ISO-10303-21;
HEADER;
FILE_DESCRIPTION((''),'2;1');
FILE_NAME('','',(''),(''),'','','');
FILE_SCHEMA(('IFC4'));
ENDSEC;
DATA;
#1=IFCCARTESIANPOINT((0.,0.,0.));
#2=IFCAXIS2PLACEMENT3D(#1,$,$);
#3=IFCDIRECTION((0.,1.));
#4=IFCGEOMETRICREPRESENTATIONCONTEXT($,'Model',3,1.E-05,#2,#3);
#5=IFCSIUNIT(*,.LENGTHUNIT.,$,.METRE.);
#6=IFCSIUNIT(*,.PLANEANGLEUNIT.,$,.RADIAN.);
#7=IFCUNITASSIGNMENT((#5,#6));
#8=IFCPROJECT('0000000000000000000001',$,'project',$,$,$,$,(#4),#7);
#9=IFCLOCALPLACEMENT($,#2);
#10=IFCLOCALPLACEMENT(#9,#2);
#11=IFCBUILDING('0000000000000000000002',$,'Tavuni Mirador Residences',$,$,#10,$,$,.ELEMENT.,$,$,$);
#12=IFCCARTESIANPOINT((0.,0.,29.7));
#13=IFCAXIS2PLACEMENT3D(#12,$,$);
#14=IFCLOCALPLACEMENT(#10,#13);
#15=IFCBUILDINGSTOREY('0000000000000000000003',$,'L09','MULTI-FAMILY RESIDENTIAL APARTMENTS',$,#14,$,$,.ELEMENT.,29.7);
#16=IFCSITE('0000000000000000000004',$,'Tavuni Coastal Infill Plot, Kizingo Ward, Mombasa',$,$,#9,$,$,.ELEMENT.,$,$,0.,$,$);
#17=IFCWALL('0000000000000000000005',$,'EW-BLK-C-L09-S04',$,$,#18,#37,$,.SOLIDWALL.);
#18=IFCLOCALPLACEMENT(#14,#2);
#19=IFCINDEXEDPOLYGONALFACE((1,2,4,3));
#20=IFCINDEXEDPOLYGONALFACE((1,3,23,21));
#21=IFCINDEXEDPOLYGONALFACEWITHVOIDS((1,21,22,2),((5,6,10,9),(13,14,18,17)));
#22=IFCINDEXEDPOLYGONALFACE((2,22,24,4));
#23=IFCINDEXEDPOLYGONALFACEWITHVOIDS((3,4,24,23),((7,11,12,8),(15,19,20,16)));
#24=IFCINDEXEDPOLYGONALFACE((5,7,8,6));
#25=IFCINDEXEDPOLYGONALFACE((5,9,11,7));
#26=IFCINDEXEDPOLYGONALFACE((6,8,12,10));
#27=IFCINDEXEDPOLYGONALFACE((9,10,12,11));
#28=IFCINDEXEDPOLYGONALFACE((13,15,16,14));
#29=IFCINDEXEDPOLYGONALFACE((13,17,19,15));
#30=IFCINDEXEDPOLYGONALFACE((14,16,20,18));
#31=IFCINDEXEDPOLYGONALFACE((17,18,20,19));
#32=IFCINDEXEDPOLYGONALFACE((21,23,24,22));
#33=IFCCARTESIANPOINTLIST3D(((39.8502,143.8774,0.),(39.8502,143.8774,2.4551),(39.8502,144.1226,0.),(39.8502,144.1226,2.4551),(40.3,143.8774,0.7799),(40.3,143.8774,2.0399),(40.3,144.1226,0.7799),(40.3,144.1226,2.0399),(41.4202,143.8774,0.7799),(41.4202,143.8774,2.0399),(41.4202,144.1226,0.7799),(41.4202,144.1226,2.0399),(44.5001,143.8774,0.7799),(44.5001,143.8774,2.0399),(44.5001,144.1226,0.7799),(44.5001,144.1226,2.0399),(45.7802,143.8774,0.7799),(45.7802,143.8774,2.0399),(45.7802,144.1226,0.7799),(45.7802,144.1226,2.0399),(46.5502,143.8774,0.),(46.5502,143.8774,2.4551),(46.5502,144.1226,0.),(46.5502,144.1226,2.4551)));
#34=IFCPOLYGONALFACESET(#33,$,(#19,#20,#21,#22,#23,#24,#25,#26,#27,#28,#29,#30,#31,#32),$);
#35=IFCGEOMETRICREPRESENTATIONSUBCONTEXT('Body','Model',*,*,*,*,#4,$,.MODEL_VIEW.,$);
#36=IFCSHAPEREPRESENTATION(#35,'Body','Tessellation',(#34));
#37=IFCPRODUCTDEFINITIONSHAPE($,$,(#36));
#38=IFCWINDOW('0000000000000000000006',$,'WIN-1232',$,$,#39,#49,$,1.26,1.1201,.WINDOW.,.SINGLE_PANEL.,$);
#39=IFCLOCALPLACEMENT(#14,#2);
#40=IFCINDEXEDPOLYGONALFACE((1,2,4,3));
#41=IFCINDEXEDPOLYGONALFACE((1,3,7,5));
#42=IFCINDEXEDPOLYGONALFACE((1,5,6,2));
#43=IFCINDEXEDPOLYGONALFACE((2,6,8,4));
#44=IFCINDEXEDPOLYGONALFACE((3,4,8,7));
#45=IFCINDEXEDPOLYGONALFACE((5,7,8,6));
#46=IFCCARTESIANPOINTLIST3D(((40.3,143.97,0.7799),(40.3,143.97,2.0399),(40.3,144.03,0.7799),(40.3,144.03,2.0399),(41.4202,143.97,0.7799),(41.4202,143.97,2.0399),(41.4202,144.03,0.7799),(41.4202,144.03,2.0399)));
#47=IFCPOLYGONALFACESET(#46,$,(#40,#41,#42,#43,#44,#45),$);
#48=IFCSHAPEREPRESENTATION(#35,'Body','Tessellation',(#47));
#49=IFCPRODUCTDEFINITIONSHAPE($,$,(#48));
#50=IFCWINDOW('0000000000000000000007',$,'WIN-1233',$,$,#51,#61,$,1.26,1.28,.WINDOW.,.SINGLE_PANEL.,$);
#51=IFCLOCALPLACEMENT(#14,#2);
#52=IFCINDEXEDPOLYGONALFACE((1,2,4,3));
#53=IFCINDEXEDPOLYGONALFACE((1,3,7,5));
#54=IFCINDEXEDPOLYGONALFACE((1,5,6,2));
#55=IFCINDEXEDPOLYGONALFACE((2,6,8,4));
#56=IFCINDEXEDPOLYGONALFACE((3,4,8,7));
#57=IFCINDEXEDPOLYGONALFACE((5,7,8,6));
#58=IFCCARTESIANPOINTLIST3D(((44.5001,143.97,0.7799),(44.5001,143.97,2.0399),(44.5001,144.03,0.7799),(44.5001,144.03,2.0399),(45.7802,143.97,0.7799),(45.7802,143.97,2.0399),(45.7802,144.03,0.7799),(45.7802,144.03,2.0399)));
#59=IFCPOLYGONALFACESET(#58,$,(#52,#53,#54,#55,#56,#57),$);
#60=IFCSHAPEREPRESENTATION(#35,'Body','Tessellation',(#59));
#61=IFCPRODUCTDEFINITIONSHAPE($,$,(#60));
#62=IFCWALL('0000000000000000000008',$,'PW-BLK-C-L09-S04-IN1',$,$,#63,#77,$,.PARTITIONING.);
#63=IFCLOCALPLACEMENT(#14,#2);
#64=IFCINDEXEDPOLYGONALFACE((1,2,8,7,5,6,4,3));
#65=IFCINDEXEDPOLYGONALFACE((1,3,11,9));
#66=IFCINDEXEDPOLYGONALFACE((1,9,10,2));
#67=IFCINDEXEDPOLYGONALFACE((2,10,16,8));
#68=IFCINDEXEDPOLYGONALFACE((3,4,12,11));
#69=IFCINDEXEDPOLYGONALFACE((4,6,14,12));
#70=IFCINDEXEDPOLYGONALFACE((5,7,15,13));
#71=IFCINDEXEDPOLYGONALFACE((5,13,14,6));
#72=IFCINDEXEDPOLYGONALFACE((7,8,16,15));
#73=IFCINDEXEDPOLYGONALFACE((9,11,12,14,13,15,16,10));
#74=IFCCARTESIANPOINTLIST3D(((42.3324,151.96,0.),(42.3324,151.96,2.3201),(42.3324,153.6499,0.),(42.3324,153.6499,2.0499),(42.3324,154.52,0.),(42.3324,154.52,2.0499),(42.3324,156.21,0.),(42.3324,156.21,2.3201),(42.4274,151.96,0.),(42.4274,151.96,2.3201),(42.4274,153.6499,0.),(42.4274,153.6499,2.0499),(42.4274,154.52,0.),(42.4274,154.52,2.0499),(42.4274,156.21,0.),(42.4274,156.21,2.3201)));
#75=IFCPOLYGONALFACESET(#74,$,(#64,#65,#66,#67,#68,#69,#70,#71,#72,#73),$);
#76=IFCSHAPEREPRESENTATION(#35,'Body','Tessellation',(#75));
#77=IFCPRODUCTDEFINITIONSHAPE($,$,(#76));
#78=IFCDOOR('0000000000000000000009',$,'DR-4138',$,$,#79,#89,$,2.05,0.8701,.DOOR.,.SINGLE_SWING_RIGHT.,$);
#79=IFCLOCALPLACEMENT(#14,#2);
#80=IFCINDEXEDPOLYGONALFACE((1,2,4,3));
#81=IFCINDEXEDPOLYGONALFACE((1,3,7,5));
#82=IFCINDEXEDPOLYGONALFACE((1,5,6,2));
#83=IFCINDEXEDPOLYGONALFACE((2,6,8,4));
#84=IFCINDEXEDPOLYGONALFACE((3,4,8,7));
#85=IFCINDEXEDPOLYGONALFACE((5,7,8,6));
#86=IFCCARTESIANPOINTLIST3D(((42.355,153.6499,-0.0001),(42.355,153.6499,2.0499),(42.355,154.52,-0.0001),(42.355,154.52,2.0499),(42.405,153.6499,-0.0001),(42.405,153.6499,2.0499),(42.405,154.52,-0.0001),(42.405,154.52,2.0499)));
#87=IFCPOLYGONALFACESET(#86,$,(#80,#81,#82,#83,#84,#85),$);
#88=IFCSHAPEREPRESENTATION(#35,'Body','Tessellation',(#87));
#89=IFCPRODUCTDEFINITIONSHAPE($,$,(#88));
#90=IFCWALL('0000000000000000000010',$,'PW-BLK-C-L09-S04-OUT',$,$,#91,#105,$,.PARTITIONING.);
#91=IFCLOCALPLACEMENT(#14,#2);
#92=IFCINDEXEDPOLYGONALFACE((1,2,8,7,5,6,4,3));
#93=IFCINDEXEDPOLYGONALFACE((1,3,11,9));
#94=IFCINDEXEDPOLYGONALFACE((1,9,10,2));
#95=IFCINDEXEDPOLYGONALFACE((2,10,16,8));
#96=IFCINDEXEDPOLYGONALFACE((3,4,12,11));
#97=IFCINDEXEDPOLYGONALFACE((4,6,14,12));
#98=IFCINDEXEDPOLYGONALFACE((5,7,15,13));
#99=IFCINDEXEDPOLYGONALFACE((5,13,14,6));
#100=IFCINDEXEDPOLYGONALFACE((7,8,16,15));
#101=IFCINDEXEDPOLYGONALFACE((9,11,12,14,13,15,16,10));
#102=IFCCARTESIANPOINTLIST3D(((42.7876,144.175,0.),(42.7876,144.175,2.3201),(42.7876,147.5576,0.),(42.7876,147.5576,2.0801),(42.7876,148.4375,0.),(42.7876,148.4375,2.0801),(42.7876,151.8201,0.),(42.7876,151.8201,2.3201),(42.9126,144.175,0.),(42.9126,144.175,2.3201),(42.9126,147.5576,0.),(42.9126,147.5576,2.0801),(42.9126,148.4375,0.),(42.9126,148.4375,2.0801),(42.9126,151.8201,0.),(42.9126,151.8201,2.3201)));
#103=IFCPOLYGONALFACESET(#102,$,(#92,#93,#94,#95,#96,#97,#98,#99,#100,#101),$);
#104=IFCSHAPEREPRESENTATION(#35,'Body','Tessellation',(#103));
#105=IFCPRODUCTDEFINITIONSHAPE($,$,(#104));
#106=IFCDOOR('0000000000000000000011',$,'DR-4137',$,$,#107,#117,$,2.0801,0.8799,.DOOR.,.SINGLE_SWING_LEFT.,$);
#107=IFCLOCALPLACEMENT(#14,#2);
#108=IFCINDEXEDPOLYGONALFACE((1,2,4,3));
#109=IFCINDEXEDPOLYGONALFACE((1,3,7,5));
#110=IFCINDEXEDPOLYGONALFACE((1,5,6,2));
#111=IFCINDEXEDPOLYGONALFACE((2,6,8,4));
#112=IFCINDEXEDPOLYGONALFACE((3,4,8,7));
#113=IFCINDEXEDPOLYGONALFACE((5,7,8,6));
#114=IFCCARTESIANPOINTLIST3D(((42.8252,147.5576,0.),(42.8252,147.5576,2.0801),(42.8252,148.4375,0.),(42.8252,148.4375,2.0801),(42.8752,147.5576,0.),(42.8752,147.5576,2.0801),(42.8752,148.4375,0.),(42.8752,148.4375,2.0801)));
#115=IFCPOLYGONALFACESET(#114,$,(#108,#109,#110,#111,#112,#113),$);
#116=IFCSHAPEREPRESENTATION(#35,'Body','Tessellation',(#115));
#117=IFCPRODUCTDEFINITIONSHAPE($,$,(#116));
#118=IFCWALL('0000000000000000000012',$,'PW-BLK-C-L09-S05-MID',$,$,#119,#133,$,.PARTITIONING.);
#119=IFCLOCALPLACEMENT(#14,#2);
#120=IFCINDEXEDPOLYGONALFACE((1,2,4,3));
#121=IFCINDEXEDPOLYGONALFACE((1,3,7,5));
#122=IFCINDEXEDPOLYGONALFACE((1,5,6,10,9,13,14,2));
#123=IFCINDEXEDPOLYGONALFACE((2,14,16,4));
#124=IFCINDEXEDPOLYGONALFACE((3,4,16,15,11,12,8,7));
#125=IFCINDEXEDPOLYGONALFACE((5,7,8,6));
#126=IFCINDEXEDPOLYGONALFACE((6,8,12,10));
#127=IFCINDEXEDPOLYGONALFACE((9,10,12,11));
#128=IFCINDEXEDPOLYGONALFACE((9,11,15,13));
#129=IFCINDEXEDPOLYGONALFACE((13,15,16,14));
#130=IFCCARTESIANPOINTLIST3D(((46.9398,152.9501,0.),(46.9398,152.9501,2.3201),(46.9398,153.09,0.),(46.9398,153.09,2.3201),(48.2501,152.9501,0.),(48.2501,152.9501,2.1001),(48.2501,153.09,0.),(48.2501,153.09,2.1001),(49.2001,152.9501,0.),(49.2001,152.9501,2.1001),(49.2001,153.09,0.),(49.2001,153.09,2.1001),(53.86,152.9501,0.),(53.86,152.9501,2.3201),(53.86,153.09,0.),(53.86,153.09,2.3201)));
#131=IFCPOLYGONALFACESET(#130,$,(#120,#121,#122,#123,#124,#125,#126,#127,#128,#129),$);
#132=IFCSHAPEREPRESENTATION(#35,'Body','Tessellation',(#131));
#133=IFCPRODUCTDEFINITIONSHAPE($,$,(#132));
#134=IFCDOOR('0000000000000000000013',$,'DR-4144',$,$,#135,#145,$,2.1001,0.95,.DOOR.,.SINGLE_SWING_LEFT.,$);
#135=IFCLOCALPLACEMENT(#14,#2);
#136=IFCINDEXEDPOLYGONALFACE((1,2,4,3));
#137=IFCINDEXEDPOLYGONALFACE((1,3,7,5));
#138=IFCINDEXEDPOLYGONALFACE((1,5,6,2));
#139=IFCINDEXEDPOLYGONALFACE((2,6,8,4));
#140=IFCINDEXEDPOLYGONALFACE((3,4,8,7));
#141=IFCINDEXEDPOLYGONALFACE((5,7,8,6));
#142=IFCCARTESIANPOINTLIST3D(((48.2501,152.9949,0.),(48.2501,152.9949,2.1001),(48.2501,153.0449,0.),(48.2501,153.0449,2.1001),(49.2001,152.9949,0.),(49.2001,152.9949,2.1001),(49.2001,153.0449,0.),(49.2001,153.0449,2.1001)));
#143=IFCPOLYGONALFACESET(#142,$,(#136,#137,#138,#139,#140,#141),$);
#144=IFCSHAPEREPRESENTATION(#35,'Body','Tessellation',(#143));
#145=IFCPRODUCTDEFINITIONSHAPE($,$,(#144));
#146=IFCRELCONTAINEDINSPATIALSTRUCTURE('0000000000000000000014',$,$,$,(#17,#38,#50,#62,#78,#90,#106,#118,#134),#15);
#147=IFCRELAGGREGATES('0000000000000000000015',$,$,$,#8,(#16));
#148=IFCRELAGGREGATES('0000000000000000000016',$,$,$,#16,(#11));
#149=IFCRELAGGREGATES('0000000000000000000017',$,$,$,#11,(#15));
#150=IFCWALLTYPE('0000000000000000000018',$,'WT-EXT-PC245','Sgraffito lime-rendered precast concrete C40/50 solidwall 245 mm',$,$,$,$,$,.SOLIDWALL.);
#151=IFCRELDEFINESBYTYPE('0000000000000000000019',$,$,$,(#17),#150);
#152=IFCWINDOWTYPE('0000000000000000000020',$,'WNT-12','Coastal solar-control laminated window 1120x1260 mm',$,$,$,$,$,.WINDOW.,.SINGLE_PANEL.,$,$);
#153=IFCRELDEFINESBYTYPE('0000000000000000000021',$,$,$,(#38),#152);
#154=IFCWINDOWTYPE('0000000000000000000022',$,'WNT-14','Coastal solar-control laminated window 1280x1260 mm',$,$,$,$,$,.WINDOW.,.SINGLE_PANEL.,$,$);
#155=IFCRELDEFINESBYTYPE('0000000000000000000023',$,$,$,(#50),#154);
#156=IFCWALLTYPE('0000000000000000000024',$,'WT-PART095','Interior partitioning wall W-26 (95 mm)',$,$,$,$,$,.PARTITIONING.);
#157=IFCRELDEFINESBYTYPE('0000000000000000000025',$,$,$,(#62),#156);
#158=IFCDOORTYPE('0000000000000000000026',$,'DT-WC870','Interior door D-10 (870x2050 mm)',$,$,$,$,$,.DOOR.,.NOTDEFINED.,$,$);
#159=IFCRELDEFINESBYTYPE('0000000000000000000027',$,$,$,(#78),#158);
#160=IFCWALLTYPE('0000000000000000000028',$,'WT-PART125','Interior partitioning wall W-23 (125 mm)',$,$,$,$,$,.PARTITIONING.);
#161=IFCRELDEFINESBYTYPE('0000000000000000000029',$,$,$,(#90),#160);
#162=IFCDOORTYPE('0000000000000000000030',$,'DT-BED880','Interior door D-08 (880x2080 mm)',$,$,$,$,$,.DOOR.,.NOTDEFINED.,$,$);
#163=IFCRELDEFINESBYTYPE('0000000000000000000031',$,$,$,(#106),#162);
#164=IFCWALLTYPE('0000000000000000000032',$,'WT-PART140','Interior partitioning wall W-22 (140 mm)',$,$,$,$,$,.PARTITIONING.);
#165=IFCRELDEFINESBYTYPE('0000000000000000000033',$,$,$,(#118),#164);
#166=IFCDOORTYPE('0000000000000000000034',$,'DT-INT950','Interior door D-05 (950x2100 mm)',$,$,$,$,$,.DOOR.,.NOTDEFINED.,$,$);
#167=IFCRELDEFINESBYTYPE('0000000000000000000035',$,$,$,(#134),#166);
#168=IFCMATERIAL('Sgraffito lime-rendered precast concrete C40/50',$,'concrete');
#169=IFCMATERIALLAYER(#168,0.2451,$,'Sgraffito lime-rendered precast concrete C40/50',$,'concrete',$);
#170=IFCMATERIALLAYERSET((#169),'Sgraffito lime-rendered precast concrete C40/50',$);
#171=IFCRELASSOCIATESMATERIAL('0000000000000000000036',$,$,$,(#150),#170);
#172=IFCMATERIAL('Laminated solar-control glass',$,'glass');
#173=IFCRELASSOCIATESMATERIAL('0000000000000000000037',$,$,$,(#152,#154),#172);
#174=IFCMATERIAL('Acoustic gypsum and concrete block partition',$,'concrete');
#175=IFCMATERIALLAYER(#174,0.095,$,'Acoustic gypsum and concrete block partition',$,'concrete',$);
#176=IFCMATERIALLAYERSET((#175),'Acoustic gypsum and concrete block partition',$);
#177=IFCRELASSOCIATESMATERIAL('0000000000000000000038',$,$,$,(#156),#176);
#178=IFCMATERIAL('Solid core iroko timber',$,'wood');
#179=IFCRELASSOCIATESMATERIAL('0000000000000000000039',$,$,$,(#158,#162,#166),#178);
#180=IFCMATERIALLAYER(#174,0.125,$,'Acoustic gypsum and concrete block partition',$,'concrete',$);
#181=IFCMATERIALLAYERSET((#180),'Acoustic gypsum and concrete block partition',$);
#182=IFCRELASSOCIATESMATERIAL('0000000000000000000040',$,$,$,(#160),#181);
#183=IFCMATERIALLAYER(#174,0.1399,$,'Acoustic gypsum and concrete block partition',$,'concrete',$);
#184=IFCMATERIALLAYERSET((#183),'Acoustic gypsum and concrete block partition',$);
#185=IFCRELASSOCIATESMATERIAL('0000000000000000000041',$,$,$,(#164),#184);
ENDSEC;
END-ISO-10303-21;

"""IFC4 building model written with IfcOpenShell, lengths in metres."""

from ifc_helpers import new_model, si_unit, direction, frame, frame_2d, origin, place, context, subcontext, project, spatial, rectangle, extrude, material, layer, layer_set, type_object, element, fill, save


model = new_model("IFC4")

# Units and contexts
model_context = context("Model", 3, precision=1e-05, world=origin(), true_north=direction((0.0, 1.0)))
body_context = subcontext(model_context, "Body", "Model", "MODEL_VIEW")
ifc_project = project(units=[si_unit("LENGTHUNIT", "METRE"), si_unit("PLANEANGLEUNIT", "RADIAN")], contexts=[model_context])

# Site, building, storey
site_placement = place(None, origin())
site = spatial("IfcSite", under=ifc_project, at=site_placement, Name="Tavuni Coastal Infill Plot, Kizingo Ward, Mombasa", CompositionType="ELEMENT", RefElevation=0.0)
building_placement = place(site_placement, origin())
building = spatial("IfcBuilding", under=site, at=building_placement, Name="Tavuni Mirador Residences", CompositionType="ELEMENT")
storey_placement = place(building_placement, frame((0.0, 0.0, 29.7)))
storey = spatial("IfcBuildingStorey", under=building, at=storey_placement, Name="L09", Description="MULTI-FAMILY RESIDENTIAL APARTMENTS", CompositionType="ELEMENT", Elevation=29.7)

# Wall, openings, windows
ifc_material_1 = material(Name="Sgraffito lime-rendered precast concrete C40/50", Category="concrete")
ifc_layer_1 = layer(ifc_material_1, 0.2451, Name="Sgraffito lime-rendered precast concrete C40/50", Category="concrete")
ifc_layer_set_1 = layer_set([ifc_layer_1], Name="Sgraffito lime-rendered precast concrete C40/50")
wall_type_1 = type_object("IfcWallType", Name="WT-EXT-PC245", Description="Sgraffito lime-rendered precast concrete C40/50 solidwall 245 mm", PredefinedType="SOLIDWALL", material=ifc_layer_set_1)
wall_1_placement = place(storey_placement, frame((39.8501, 144.0, 0.0), z_axis=(0.0, 0.0, 1.0), x_axis=(1.0, 0.0, 0.0)))
wall_1 = element("IfcWall", 1, at=wall_1_placement, inside=storey, type_object=wall_type_1, Name="EW-BLK-C-L09-S04", PredefinedType="SOLIDWALL", context=body_context, shape_type="SweptSolid", body=[
    extrude(rectangle(XDim=6.7, YDim=0.2451, at=frame_2d((3.3501, 0.0))), origin(), (0.0, 0.0, 1.0), 2.4551),
])
opening_1_placement = place(wall_1_placement, frame((0.45, 0.0, 0.78)))
opening_1 = element("IfcOpeningElement", 2, at=opening_1_placement, cuts=wall_1, PredefinedType="OPENING", context=body_context, shape_type="SweptSolid", body=[
    extrude(rectangle(XDim=1.1201, YDim=1.26, at=frame_2d((0.5601, 0.6299))), frame((0.0, 0.1326, 0.0), z_axis=(0.0, -1.0, 0.0), x_axis=(1.0, 0.0, 0.0)), (0.0, 0.0, 1.0), 0.2651),
])
opening_2_placement = place(wall_1_placement, frame((4.6499, 0.0, 0.78)))
opening_2 = element("IfcOpeningElement", 3, at=opening_2_placement, cuts=wall_1, PredefinedType="OPENING", context=body_context, shape_type="SweptSolid", body=[
    extrude(rectangle(XDim=1.28, YDim=1.26, at=frame_2d((0.6401, 0.6299))), frame((0.0, 0.1326, 0.0), z_axis=(0.0, -1.0, 0.0), x_axis=(1.0, 0.0, 0.0)), (0.0, 0.0, 1.0), 0.2651),
])
ifc_material_2 = material(Name="Laminated solar-control glass", Category="glass")
window_type_1 = type_object("IfcWindowType", Name="WNT-12", Description="Coastal solar-control laminated window 1120x1260 mm", PartitioningType="SINGLE_PANEL", PredefinedType="WINDOW", material=ifc_material_2)
window_1_placement = place(opening_1_placement, origin())
window_1 = element("IfcWindow", 4, at=window_1_placement, inside=storey, type_object=window_type_1, Name="WIN-1232", OverallHeight=1.26, OverallWidth=1.1201, PartitioningType="SINGLE_PANEL", PredefinedType="WINDOW", context=body_context, shape_type="SweptSolid", body=[
    extrude(rectangle(XDim=1.1201, YDim=1.26, at=frame_2d((0.5601, 0.6299))), frame((0.0, 0.03, 0.0), z_axis=(0.0, -1.0, 0.0), x_axis=(1.0, 0.0, 0.0)), (0.0, 0.0, 1.0), 0.0601),
])
fill(opening_1, window_1)
window_type_2 = type_object("IfcWindowType", Name="WNT-14", Description="Coastal solar-control laminated window 1280x1260 mm", PartitioningType="SINGLE_PANEL", PredefinedType="WINDOW", material=ifc_material_2)
window_2_placement = place(opening_2_placement, origin())
window_2 = element("IfcWindow", 5, at=window_2_placement, inside=storey, type_object=window_type_2, Name="WIN-1233", OverallHeight=1.26, OverallWidth=1.28, PartitioningType="SINGLE_PANEL", PredefinedType="WINDOW", context=body_context, shape_type="SweptSolid", body=[
    extrude(rectangle(XDim=1.28, YDim=1.26, at=frame_2d((0.6401, 0.6299))), frame((0.0, 0.03, 0.0), z_axis=(0.0, -1.0, 0.0), x_axis=(1.0, 0.0, 0.0)), (0.0, 0.0, 1.0), 0.0601),
])
fill(opening_2, window_2)

# Walls, openings, doors
ifc_material_3 = material(Name="Acoustic gypsum and concrete block partition", Category="concrete")
ifc_layer_2 = layer(ifc_material_3, 0.095, Name="Acoustic gypsum and concrete block partition", Category="concrete")
ifc_layer_set_2 = layer_set([ifc_layer_2], Name="Acoustic gypsum and concrete block partition")
wall_type_2 = type_object("IfcWallType", Name="WT-PART095", Description="Interior partitioning wall W-26 (95 mm)", PredefinedType="PARTITIONING", material=ifc_layer_set_2)
wall_2_placement = place(storey_placement, frame((42.3799, 151.96, 0.0), z_axis=(0.0, 0.0, 1.0), x_axis=(0.0, 1.0, 0.0)))
wall_2 = element("IfcWall", 6, at=wall_2_placement, inside=storey, type_object=wall_type_2, Name="PW-BLK-C-L09-S04-IN1", PredefinedType="PARTITIONING", context=body_context, shape_type="SweptSolid", body=[
    extrude(rectangle(XDim=4.25, YDim=0.095, at=frame_2d((2.125, 0.0))), origin(), (0.0, 0.0, 1.0), 2.3201),
])
opening_3_placement = place(wall_2_placement, frame((1.6899, 0.0, 0.0)))
opening_3 = element("IfcOpeningElement", 7, at=opening_3_placement, cuts=wall_2, PredefinedType="OPENING", context=body_context, shape_type="SweptSolid", body=[
    extrude(rectangle(XDim=0.8701, YDim=2.05, at=frame_2d((0.4351, 1.0249))), frame((0.0, 0.0576, 0.0), z_axis=(0.0, -1.0, 0.0), x_axis=(1.0, 0.0, 0.0)), (0.0, 0.0, 1.0), 0.115),
])
ifc_material_4 = material(Name="Solid core iroko timber", Category="wood")
door_type_1 = type_object("IfcDoorType", Name="DT-WC870", Description="Interior door D-10 (870x2050 mm)", OperationType="NOTDEFINED", PredefinedType="DOOR", material=ifc_material_4)
door_1_placement = place(opening_3_placement, origin())
door_1 = element("IfcDoor", 8, at=door_1_placement, inside=storey, type_object=door_type_1, Name="DR-4138", OperationType="SINGLE_SWING_RIGHT", OverallHeight=2.05, OverallWidth=0.8701, PredefinedType="DOOR", context=body_context, shape_type="SweptSolid", body=[
    extrude(rectangle(XDim=0.8701, YDim=2.05, at=frame_2d((0.4351, 1.0249))), frame((0.0, 0.0249, 0.0), z_axis=(0.0, -1.0, 0.0), x_axis=(1.0, 0.0, 0.0)), (0.0, 0.0, 1.0), 0.05),
])
fill(opening_3, door_1)
ifc_layer_3 = layer(ifc_material_3, 0.125, Name="Acoustic gypsum and concrete block partition", Category="concrete")
ifc_layer_set_3 = layer_set([ifc_layer_3], Name="Acoustic gypsum and concrete block partition")
wall_type_3 = type_object("IfcWallType", Name="WT-PART125", Description="Interior partitioning wall W-23 (125 mm)", PredefinedType="PARTITIONING", material=ifc_layer_set_3)
wall_3_placement = place(storey_placement, frame((42.8501, 144.175, 0.0), z_axis=(0.0, 0.0, 1.0), x_axis=(0.0, 1.0, 0.0)))
wall_3 = element("IfcWall", 9, at=wall_3_placement, inside=storey, type_object=wall_type_3, Name="PW-BLK-C-L09-S04-OUT", PredefinedType="PARTITIONING", context=body_context, shape_type="SweptSolid", body=[
    extrude(rectangle(XDim=7.645, YDim=0.125, at=frame_2d((3.8225, 0.0))), origin(), (0.0, 0.0, 1.0), 2.3201),
])
opening_4_placement = place(wall_3_placement, frame((3.3826, 0.0, 0.0)))
opening_4 = element("IfcOpeningElement", 10, at=opening_4_placement, cuts=wall_3, PredefinedType="OPENING", context=body_context, shape_type="SweptSolid", body=[
    extrude(rectangle(XDim=0.8799, YDim=2.0801, at=frame_2d((0.4399, 1.04))), frame((0.0, 0.0725, 0.0), z_axis=(0.0, -1.0, 0.0), x_axis=(1.0, 0.0, 0.0)), (0.0, 0.0, 1.0), 0.145),
])
door_type_2 = type_object("IfcDoorType", Name="DT-BED880", Description="Interior door D-08 (880x2080 mm)", OperationType="NOTDEFINED", PredefinedType="DOOR", material=ifc_material_4)
door_2_placement = place(opening_4_placement, origin())
door_2 = element("IfcDoor", 11, at=door_2_placement, inside=storey, type_object=door_type_2, Name="DR-4137", OperationType="SINGLE_SWING_LEFT", OverallHeight=2.0801, OverallWidth=0.8799, PredefinedType="DOOR", context=body_context, shape_type="SweptSolid", body=[
    extrude(rectangle(XDim=0.8799, YDim=2.0801, at=frame_2d((0.4399, 1.04))), frame((0.0, 0.0249, 0.0), z_axis=(0.0, -1.0, 0.0), x_axis=(1.0, 0.0, 0.0)), (0.0, 0.0, 1.0), 0.05),
])
fill(opening_4, door_2)
ifc_layer_4 = layer(ifc_material_3, 0.1399, Name="Acoustic gypsum and concrete block partition", Category="concrete")
ifc_layer_set_4 = layer_set([ifc_layer_4], Name="Acoustic gypsum and concrete block partition")
wall_type_4 = type_object("IfcWallType", Name="WT-PART140", Description="Interior partitioning wall W-22 (140 mm)", PredefinedType="PARTITIONING", material=ifc_layer_set_4)
wall_4_placement = place(storey_placement, frame((46.9399, 153.02, 0.0), z_axis=(0.0, 0.0, 1.0), x_axis=(1.0, 0.0, 0.0)))
wall_4 = element("IfcWall", 12, at=wall_4_placement, inside=storey, type_object=wall_type_4, Name="PW-BLK-C-L09-S05-MID", PredefinedType="PARTITIONING", context=body_context, shape_type="SweptSolid", body=[
    extrude(rectangle(XDim=6.9202, YDim=0.1399, at=frame_2d((3.46, 0.0))), origin(), (0.0, 0.0, 1.0), 2.3201),
])
opening_5_placement = place(wall_4_placement, frame((1.3101, 0.0, 0.0)))
opening_5 = element("IfcOpeningElement", 13, at=opening_5_placement, cuts=wall_4, PredefinedType="OPENING", context=body_context, shape_type="SweptSolid", body=[
    extrude(rectangle(XDim=0.95, YDim=2.1001, at=frame_2d((0.4751, 1.05))), frame((0.0, 0.0801, 0.0), z_axis=(0.0, -1.0, 0.0), x_axis=(1.0, 0.0, 0.0)), (0.0, 0.0, 1.0), 0.1599),
])
door_type_3 = type_object("IfcDoorType", Name="DT-INT950", Description="Interior door D-05 (950x2100 mm)", OperationType="NOTDEFINED", PredefinedType="DOOR", material=ifc_material_4)
door_3_placement = place(opening_5_placement, origin())
door_3 = element("IfcDoor", 14, at=door_3_placement, inside=storey, type_object=door_type_3, Name="DR-4144", OperationType="SINGLE_SWING_LEFT", OverallHeight=2.1001, OverallWidth=0.95, PredefinedType="DOOR", context=body_context, shape_type="SweptSolid", body=[
    extrude(rectangle(XDim=0.95, YDim=2.1001, at=frame_2d((0.4751, 1.05))), frame((0.0, 0.0249, 0.0), z_axis=(0.0, -1.0, 0.0), x_axis=(1.0, 0.0, 0.0)), (0.0, 0.0, 1.0), 0.05),
])
fill(opening_5, door_3)

save(model, "model.ifc")
